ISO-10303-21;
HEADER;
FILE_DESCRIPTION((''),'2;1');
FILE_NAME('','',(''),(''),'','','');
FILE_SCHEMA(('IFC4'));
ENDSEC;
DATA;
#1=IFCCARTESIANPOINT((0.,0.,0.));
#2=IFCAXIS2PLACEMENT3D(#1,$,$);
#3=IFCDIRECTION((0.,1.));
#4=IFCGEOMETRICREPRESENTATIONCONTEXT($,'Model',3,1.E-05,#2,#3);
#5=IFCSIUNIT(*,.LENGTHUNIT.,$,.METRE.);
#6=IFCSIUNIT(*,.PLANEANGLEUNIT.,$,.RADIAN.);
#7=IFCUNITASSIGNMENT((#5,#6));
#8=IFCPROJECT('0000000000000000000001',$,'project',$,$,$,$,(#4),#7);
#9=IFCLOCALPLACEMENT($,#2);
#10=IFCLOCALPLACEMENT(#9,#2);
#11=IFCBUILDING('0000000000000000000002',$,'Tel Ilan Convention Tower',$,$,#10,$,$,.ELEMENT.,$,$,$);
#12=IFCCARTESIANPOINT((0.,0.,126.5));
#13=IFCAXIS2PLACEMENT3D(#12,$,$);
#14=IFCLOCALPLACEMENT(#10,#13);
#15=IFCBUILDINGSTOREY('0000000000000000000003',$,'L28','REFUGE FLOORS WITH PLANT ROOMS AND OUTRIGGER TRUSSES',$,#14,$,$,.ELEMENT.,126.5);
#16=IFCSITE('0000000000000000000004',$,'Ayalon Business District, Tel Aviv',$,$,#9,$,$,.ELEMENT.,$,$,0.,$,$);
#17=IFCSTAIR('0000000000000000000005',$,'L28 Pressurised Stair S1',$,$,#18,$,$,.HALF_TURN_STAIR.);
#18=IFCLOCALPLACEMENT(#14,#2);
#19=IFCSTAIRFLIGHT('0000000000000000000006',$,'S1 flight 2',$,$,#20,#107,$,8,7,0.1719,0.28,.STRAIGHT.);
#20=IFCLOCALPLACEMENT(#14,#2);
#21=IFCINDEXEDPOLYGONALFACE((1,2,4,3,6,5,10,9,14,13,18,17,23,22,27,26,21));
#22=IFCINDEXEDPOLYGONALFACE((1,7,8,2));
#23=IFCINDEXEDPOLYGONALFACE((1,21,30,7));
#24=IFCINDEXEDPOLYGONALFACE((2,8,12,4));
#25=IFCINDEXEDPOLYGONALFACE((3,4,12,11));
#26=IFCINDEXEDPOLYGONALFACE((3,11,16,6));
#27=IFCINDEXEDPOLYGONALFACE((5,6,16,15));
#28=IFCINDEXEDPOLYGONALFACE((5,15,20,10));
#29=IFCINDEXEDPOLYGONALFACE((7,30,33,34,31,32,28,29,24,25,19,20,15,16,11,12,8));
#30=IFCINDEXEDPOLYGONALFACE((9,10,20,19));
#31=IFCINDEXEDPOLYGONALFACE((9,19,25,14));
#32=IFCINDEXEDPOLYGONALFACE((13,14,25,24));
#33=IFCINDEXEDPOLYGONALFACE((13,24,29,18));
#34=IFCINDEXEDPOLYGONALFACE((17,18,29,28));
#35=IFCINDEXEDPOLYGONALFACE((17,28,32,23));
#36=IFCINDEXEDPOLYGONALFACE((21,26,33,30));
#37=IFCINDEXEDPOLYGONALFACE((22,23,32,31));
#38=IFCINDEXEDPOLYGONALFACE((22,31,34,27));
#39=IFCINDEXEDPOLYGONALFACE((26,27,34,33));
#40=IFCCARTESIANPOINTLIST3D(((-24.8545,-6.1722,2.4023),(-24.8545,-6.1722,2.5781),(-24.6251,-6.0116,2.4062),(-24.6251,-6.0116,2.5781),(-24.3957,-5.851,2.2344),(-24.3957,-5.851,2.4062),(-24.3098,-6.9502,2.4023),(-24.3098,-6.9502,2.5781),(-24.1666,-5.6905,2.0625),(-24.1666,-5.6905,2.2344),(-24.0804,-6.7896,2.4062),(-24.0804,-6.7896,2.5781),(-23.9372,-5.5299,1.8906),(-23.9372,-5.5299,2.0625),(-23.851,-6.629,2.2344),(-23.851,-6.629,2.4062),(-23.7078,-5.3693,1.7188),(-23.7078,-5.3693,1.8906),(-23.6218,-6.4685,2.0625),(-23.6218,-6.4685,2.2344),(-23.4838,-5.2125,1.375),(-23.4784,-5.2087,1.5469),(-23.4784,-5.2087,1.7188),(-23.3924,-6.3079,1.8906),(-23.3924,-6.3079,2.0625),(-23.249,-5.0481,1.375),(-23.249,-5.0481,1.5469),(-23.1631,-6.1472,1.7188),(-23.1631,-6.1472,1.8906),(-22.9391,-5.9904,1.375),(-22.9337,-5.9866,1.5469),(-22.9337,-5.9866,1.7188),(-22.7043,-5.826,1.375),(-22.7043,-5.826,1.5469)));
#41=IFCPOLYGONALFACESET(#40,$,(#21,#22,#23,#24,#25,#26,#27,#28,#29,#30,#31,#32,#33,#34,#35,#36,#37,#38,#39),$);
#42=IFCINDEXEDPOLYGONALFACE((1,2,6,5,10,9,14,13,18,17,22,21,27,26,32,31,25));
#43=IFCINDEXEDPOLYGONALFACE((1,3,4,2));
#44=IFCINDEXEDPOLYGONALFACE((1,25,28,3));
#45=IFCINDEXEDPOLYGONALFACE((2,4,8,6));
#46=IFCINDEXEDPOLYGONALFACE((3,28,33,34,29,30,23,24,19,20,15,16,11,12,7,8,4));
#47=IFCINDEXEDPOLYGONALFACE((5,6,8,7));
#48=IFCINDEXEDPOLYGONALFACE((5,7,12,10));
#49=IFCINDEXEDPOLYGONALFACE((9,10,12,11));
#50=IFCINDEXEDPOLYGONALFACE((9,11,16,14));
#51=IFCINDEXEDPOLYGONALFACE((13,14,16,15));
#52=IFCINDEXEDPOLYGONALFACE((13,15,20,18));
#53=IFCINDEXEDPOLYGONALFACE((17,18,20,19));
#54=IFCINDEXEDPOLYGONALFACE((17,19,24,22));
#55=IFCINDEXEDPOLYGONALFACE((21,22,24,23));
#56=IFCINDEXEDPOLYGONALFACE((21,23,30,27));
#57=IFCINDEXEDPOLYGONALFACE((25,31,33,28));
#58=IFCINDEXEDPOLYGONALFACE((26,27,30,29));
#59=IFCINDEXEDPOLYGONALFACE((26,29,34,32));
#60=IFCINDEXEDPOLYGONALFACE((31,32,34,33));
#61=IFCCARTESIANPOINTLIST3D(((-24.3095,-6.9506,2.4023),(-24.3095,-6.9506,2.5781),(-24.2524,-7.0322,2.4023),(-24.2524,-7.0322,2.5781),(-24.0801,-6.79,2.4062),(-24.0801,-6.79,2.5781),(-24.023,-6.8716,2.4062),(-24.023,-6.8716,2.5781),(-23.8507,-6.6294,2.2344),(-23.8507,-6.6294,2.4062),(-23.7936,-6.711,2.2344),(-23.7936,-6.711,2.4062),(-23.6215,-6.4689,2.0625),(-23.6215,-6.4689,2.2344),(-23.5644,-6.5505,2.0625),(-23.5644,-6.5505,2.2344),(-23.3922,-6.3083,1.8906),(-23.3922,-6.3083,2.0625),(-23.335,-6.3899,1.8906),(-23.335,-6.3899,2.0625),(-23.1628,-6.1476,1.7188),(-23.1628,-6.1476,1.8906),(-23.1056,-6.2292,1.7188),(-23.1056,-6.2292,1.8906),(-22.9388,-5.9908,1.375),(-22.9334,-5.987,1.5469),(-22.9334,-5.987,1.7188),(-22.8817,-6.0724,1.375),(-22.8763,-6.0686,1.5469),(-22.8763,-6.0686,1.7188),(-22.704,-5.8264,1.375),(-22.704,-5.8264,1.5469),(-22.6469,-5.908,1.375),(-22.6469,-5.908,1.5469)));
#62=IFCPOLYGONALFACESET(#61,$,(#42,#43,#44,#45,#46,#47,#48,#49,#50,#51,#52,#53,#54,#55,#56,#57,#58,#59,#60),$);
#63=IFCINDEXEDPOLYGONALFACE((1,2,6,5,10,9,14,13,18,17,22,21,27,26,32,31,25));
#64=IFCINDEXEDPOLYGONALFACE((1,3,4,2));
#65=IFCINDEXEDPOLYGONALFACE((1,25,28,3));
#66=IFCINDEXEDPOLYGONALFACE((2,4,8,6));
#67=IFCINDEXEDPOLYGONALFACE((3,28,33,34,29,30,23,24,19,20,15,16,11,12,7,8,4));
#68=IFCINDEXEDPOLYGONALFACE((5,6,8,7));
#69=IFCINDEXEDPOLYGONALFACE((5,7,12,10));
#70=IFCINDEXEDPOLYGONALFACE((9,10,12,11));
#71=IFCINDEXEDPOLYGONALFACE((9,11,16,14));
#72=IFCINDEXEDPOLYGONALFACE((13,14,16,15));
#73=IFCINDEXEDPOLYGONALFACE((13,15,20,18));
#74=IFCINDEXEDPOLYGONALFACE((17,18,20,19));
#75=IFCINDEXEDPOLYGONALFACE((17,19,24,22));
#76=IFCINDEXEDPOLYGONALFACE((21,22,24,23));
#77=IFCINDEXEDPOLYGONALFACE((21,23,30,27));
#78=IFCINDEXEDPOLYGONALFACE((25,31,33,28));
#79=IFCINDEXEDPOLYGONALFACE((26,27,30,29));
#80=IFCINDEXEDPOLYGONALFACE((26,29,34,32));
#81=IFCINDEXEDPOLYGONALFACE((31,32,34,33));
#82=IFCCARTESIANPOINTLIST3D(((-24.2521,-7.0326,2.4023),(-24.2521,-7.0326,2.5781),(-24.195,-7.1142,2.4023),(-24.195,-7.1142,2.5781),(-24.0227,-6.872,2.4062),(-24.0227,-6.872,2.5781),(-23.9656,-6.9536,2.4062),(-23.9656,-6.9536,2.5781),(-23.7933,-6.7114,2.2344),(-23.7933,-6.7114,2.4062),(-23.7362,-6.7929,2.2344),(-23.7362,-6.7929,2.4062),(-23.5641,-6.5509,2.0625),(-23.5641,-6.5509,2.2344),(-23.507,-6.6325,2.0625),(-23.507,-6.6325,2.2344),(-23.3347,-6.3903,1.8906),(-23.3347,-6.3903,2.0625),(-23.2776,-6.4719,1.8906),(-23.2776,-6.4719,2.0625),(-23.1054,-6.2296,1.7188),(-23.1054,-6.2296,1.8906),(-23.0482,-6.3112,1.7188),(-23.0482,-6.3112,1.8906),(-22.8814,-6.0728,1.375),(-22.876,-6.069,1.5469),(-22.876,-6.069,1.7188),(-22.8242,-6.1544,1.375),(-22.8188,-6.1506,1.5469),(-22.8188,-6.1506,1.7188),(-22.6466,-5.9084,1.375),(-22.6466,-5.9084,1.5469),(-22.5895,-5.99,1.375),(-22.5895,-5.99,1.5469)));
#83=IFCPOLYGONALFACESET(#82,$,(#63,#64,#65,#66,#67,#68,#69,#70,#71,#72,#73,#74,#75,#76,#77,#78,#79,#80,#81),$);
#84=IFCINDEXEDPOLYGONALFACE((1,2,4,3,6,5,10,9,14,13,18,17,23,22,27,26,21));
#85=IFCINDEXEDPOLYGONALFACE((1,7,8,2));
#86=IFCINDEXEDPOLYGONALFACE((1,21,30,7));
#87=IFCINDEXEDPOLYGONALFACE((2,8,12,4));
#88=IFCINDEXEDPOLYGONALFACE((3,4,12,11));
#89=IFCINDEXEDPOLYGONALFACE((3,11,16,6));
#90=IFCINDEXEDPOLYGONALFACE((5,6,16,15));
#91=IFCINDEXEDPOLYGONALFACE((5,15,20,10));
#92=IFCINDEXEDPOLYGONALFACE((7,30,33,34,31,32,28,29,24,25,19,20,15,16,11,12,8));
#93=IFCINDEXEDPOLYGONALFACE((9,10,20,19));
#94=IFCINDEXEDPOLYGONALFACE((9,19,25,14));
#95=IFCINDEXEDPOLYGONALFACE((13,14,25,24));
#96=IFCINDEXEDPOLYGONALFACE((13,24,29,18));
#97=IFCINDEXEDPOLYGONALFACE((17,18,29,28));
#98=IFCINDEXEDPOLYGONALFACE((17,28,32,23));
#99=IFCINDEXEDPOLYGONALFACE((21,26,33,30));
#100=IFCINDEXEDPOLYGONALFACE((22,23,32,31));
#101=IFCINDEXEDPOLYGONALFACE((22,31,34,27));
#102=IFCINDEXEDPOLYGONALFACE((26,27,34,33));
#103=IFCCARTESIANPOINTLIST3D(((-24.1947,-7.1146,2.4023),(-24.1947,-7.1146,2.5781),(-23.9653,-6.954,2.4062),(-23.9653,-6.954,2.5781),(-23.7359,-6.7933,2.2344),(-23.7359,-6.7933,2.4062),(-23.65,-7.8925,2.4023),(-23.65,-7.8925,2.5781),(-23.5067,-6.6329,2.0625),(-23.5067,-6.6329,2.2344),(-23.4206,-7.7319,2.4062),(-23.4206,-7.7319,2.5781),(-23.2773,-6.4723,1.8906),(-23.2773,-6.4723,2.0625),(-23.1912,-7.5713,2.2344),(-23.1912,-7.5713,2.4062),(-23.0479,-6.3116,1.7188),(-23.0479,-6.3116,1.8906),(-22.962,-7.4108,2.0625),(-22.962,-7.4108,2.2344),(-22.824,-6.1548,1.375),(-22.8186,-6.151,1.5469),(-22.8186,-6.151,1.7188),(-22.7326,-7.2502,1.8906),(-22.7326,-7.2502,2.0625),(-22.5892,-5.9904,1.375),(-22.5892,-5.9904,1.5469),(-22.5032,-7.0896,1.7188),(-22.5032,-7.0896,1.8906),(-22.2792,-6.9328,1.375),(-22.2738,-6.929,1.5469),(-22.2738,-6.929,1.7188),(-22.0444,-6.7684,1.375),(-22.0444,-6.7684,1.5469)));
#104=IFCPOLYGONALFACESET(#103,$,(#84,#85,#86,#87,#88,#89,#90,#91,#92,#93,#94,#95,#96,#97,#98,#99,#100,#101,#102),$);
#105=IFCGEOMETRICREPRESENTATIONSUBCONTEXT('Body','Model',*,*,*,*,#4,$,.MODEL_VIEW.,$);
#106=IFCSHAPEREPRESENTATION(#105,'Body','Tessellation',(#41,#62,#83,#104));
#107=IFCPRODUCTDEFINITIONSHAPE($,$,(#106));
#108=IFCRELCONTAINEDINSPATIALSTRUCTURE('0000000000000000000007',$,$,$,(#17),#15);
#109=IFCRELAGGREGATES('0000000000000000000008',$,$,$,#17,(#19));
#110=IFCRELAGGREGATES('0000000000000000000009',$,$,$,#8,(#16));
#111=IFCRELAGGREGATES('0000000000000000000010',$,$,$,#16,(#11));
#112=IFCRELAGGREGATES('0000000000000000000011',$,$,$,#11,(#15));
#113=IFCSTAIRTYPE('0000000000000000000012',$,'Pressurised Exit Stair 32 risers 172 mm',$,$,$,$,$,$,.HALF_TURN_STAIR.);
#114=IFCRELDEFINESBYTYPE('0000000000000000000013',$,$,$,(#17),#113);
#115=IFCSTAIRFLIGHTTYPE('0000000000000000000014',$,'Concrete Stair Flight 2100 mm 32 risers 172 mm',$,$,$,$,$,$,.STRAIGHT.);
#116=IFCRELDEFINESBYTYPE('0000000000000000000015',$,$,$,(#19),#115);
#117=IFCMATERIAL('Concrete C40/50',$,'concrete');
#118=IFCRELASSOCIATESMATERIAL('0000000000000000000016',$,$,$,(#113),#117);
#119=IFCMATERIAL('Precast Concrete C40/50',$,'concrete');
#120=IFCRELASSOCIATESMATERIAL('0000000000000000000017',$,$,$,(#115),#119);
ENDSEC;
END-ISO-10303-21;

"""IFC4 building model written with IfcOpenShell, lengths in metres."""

from ifc_helpers import new_model, si_unit, direction, frame, origin, place, context, subcontext, project, spatial, polyline, outline, extrude, material, type_object, element, aggregate, save


model = new_model("IFC4")

# Units and contexts
model_context = context("Model", 3, precision=1e-05, world=origin(), true_north=direction((0.0, 1.0)))
body_context = subcontext(model_context, "Body", "Model", "MODEL_VIEW")
ifc_project = project(units=[si_unit("LENGTHUNIT", "METRE"), si_unit("PLANEANGLEUNIT", "RADIAN")], contexts=[model_context])

# Site, building, storey
site_placement = place(None, origin())
site = spatial("IfcSite", under=ifc_project, at=site_placement, Name="Ayalon Business District, Tel Aviv", CompositionType="ELEMENT", RefElevation=0.0)
building_placement = place(site_placement, origin())
building = spatial("IfcBuilding", under=site, at=building_placement, Name="Tel Ilan Convention Tower", CompositionType="ELEMENT")
storey_placement = place(building_placement, frame((0.0, 0.0, 126.5)))
storey = spatial("IfcBuildingStorey", under=building, at=storey_placement, Name="L28", Description="REFUGE FLOORS WITH PLANT ROOMS AND OUTRIGGER TRUSSES", CompositionType="ELEMENT", Elevation=126.5)

# Stair, stair flight
ifc_material_1 = material(Name="Concrete C40/50", Category="concrete")
stair_type = type_object("IfcStairType", Name="Pressurised Exit Stair 32 risers 172 mm", PredefinedType="HALF_TURN_STAIR", material=ifc_material_1)
stair_1_placement = place(storey_placement, origin())
stair_1 = element("IfcStair", 1, at=stair_1_placement, inside=storey, type_object=stair_type, Name="L28 Pressurised Stair S1", PredefinedType="HALF_TURN_STAIR")
ifc_material_2 = material(Name="Precast Concrete C40/50", Category="concrete")
stair_flight_type = type_object("IfcStairFlightType", Name="Concrete Stair Flight 2100 mm 32 risers 172 mm", PredefinedType="STRAIGHT", material=ifc_material_2)
stair_flight_1_placement = place(storey_placement, frame((-22.6467, -5.9082, 1.375), z_axis=(0.0, 0.0, 1.0), x_axis=(-0.819152, -0.573576, 0.0)))
stair_flight_1 = element("IfcStairFlight", 2, at=stair_flight_1_placement, type_object=stair_flight_type, Name="S1 flight 2", NumberOfRisers=8, NumberOfTreads=7, PredefinedType="STRAIGHT", RiserHeight=0.1719, TreadLength=0.28, context=body_context, shape_type="SweptSolid", body=[
    extrude(outline(polyline([(0.0, 0.0), (0.0, 0.1719), (0.28, 0.1719), (0.28, 0.3438), (0.5601, 0.3438), (0.5601, 0.5156), (0.8401, 0.5156), (0.8401, 0.6875), (1.1201, 0.6875), (1.1201, 0.8594), (1.3999, 0.8594), (1.3999, 1.0312), (1.6799, 1.0312), (1.6799, 1.2031), (1.96, 1.2031), (1.96, 1.375), (1.96, 1.0273), (0.2866, 0.0), (0.0, 0.0)])), frame((0.0, -0.1003, 0.0), z_axis=(0.0, -1.0, 0.0), x_axis=(1.0, 0.0, 0.0)), (0.0, 0.0, 1.0), 0.9497),
    extrude(outline(polyline([(0.0, 0.0), (0.0, 0.1719), (0.28, 0.1719), (0.28, 0.3438), (0.5601, 0.3438), (0.5601, 0.5156), (0.8401, 0.5156), (0.8401, 0.6875), (1.1201, 0.6875), (1.1201, 0.8594), (1.3999, 0.8594), (1.3999, 1.0312), (1.6799, 1.0312), (1.6799, 1.2031), (1.96, 1.2031), (1.96, 1.375), (1.96, 1.0273), (0.2866, 0.0), (0.0, 0.0)])), frame((0.0, -0.0002, 0.0), z_axis=(0.0, -1.0, 0.0), x_axis=(1.0, 0.0, 0.0)), (0.0, 0.0, 1.0), 0.0996),
    extrude(outline(polyline([(0.0, 0.0), (0.0, 0.1719), (0.28, 0.1719), (0.28, 0.3438), (0.5601, 0.3438), (0.5601, 0.5156), (0.8401, 0.5156), (0.8401, 0.6875), (1.1201, 0.6875), (1.1201, 0.8594), (1.3999, 0.8594), (1.3999, 1.0312), (1.6799, 1.0312), (1.6799, 1.2031), (1.96, 1.2031), (1.96, 1.375), (1.96, 1.0273), (0.2866, 0.0), (0.0, 0.0)])), frame((0.0, 0.0999, 0.0), z_axis=(0.0, -1.0, 0.0), x_axis=(1.0, 0.0, 0.0)), (0.0, 0.0, 1.0), 0.0996),
    extrude(outline(polyline([(0.0, 0.0), (0.0, 0.1719), (0.28, 0.1719), (0.28, 0.3438), (0.5601, 0.3438), (0.5601, 0.5156), (0.8401, 0.5156), (0.8401, 0.6875), (1.1201, 0.6875), (1.1201, 0.8594), (1.3999, 0.8594), (1.3999, 1.0312), (1.6799, 1.0312), (1.6799, 1.2031), (1.96, 1.2031), (1.96, 1.375), (1.96, 1.0273), (0.2866, 0.0), (0.0, 0.0)])), frame((0.0, 1.05, 0.0), z_axis=(0.0, -1.0, 0.0), x_axis=(1.0, 0.0, 0.0)), (0.0, 0.0, 1.0), 0.9497),
])
aggregate(stair_1, [stair_flight_1])

save(model, "model.ifc")
